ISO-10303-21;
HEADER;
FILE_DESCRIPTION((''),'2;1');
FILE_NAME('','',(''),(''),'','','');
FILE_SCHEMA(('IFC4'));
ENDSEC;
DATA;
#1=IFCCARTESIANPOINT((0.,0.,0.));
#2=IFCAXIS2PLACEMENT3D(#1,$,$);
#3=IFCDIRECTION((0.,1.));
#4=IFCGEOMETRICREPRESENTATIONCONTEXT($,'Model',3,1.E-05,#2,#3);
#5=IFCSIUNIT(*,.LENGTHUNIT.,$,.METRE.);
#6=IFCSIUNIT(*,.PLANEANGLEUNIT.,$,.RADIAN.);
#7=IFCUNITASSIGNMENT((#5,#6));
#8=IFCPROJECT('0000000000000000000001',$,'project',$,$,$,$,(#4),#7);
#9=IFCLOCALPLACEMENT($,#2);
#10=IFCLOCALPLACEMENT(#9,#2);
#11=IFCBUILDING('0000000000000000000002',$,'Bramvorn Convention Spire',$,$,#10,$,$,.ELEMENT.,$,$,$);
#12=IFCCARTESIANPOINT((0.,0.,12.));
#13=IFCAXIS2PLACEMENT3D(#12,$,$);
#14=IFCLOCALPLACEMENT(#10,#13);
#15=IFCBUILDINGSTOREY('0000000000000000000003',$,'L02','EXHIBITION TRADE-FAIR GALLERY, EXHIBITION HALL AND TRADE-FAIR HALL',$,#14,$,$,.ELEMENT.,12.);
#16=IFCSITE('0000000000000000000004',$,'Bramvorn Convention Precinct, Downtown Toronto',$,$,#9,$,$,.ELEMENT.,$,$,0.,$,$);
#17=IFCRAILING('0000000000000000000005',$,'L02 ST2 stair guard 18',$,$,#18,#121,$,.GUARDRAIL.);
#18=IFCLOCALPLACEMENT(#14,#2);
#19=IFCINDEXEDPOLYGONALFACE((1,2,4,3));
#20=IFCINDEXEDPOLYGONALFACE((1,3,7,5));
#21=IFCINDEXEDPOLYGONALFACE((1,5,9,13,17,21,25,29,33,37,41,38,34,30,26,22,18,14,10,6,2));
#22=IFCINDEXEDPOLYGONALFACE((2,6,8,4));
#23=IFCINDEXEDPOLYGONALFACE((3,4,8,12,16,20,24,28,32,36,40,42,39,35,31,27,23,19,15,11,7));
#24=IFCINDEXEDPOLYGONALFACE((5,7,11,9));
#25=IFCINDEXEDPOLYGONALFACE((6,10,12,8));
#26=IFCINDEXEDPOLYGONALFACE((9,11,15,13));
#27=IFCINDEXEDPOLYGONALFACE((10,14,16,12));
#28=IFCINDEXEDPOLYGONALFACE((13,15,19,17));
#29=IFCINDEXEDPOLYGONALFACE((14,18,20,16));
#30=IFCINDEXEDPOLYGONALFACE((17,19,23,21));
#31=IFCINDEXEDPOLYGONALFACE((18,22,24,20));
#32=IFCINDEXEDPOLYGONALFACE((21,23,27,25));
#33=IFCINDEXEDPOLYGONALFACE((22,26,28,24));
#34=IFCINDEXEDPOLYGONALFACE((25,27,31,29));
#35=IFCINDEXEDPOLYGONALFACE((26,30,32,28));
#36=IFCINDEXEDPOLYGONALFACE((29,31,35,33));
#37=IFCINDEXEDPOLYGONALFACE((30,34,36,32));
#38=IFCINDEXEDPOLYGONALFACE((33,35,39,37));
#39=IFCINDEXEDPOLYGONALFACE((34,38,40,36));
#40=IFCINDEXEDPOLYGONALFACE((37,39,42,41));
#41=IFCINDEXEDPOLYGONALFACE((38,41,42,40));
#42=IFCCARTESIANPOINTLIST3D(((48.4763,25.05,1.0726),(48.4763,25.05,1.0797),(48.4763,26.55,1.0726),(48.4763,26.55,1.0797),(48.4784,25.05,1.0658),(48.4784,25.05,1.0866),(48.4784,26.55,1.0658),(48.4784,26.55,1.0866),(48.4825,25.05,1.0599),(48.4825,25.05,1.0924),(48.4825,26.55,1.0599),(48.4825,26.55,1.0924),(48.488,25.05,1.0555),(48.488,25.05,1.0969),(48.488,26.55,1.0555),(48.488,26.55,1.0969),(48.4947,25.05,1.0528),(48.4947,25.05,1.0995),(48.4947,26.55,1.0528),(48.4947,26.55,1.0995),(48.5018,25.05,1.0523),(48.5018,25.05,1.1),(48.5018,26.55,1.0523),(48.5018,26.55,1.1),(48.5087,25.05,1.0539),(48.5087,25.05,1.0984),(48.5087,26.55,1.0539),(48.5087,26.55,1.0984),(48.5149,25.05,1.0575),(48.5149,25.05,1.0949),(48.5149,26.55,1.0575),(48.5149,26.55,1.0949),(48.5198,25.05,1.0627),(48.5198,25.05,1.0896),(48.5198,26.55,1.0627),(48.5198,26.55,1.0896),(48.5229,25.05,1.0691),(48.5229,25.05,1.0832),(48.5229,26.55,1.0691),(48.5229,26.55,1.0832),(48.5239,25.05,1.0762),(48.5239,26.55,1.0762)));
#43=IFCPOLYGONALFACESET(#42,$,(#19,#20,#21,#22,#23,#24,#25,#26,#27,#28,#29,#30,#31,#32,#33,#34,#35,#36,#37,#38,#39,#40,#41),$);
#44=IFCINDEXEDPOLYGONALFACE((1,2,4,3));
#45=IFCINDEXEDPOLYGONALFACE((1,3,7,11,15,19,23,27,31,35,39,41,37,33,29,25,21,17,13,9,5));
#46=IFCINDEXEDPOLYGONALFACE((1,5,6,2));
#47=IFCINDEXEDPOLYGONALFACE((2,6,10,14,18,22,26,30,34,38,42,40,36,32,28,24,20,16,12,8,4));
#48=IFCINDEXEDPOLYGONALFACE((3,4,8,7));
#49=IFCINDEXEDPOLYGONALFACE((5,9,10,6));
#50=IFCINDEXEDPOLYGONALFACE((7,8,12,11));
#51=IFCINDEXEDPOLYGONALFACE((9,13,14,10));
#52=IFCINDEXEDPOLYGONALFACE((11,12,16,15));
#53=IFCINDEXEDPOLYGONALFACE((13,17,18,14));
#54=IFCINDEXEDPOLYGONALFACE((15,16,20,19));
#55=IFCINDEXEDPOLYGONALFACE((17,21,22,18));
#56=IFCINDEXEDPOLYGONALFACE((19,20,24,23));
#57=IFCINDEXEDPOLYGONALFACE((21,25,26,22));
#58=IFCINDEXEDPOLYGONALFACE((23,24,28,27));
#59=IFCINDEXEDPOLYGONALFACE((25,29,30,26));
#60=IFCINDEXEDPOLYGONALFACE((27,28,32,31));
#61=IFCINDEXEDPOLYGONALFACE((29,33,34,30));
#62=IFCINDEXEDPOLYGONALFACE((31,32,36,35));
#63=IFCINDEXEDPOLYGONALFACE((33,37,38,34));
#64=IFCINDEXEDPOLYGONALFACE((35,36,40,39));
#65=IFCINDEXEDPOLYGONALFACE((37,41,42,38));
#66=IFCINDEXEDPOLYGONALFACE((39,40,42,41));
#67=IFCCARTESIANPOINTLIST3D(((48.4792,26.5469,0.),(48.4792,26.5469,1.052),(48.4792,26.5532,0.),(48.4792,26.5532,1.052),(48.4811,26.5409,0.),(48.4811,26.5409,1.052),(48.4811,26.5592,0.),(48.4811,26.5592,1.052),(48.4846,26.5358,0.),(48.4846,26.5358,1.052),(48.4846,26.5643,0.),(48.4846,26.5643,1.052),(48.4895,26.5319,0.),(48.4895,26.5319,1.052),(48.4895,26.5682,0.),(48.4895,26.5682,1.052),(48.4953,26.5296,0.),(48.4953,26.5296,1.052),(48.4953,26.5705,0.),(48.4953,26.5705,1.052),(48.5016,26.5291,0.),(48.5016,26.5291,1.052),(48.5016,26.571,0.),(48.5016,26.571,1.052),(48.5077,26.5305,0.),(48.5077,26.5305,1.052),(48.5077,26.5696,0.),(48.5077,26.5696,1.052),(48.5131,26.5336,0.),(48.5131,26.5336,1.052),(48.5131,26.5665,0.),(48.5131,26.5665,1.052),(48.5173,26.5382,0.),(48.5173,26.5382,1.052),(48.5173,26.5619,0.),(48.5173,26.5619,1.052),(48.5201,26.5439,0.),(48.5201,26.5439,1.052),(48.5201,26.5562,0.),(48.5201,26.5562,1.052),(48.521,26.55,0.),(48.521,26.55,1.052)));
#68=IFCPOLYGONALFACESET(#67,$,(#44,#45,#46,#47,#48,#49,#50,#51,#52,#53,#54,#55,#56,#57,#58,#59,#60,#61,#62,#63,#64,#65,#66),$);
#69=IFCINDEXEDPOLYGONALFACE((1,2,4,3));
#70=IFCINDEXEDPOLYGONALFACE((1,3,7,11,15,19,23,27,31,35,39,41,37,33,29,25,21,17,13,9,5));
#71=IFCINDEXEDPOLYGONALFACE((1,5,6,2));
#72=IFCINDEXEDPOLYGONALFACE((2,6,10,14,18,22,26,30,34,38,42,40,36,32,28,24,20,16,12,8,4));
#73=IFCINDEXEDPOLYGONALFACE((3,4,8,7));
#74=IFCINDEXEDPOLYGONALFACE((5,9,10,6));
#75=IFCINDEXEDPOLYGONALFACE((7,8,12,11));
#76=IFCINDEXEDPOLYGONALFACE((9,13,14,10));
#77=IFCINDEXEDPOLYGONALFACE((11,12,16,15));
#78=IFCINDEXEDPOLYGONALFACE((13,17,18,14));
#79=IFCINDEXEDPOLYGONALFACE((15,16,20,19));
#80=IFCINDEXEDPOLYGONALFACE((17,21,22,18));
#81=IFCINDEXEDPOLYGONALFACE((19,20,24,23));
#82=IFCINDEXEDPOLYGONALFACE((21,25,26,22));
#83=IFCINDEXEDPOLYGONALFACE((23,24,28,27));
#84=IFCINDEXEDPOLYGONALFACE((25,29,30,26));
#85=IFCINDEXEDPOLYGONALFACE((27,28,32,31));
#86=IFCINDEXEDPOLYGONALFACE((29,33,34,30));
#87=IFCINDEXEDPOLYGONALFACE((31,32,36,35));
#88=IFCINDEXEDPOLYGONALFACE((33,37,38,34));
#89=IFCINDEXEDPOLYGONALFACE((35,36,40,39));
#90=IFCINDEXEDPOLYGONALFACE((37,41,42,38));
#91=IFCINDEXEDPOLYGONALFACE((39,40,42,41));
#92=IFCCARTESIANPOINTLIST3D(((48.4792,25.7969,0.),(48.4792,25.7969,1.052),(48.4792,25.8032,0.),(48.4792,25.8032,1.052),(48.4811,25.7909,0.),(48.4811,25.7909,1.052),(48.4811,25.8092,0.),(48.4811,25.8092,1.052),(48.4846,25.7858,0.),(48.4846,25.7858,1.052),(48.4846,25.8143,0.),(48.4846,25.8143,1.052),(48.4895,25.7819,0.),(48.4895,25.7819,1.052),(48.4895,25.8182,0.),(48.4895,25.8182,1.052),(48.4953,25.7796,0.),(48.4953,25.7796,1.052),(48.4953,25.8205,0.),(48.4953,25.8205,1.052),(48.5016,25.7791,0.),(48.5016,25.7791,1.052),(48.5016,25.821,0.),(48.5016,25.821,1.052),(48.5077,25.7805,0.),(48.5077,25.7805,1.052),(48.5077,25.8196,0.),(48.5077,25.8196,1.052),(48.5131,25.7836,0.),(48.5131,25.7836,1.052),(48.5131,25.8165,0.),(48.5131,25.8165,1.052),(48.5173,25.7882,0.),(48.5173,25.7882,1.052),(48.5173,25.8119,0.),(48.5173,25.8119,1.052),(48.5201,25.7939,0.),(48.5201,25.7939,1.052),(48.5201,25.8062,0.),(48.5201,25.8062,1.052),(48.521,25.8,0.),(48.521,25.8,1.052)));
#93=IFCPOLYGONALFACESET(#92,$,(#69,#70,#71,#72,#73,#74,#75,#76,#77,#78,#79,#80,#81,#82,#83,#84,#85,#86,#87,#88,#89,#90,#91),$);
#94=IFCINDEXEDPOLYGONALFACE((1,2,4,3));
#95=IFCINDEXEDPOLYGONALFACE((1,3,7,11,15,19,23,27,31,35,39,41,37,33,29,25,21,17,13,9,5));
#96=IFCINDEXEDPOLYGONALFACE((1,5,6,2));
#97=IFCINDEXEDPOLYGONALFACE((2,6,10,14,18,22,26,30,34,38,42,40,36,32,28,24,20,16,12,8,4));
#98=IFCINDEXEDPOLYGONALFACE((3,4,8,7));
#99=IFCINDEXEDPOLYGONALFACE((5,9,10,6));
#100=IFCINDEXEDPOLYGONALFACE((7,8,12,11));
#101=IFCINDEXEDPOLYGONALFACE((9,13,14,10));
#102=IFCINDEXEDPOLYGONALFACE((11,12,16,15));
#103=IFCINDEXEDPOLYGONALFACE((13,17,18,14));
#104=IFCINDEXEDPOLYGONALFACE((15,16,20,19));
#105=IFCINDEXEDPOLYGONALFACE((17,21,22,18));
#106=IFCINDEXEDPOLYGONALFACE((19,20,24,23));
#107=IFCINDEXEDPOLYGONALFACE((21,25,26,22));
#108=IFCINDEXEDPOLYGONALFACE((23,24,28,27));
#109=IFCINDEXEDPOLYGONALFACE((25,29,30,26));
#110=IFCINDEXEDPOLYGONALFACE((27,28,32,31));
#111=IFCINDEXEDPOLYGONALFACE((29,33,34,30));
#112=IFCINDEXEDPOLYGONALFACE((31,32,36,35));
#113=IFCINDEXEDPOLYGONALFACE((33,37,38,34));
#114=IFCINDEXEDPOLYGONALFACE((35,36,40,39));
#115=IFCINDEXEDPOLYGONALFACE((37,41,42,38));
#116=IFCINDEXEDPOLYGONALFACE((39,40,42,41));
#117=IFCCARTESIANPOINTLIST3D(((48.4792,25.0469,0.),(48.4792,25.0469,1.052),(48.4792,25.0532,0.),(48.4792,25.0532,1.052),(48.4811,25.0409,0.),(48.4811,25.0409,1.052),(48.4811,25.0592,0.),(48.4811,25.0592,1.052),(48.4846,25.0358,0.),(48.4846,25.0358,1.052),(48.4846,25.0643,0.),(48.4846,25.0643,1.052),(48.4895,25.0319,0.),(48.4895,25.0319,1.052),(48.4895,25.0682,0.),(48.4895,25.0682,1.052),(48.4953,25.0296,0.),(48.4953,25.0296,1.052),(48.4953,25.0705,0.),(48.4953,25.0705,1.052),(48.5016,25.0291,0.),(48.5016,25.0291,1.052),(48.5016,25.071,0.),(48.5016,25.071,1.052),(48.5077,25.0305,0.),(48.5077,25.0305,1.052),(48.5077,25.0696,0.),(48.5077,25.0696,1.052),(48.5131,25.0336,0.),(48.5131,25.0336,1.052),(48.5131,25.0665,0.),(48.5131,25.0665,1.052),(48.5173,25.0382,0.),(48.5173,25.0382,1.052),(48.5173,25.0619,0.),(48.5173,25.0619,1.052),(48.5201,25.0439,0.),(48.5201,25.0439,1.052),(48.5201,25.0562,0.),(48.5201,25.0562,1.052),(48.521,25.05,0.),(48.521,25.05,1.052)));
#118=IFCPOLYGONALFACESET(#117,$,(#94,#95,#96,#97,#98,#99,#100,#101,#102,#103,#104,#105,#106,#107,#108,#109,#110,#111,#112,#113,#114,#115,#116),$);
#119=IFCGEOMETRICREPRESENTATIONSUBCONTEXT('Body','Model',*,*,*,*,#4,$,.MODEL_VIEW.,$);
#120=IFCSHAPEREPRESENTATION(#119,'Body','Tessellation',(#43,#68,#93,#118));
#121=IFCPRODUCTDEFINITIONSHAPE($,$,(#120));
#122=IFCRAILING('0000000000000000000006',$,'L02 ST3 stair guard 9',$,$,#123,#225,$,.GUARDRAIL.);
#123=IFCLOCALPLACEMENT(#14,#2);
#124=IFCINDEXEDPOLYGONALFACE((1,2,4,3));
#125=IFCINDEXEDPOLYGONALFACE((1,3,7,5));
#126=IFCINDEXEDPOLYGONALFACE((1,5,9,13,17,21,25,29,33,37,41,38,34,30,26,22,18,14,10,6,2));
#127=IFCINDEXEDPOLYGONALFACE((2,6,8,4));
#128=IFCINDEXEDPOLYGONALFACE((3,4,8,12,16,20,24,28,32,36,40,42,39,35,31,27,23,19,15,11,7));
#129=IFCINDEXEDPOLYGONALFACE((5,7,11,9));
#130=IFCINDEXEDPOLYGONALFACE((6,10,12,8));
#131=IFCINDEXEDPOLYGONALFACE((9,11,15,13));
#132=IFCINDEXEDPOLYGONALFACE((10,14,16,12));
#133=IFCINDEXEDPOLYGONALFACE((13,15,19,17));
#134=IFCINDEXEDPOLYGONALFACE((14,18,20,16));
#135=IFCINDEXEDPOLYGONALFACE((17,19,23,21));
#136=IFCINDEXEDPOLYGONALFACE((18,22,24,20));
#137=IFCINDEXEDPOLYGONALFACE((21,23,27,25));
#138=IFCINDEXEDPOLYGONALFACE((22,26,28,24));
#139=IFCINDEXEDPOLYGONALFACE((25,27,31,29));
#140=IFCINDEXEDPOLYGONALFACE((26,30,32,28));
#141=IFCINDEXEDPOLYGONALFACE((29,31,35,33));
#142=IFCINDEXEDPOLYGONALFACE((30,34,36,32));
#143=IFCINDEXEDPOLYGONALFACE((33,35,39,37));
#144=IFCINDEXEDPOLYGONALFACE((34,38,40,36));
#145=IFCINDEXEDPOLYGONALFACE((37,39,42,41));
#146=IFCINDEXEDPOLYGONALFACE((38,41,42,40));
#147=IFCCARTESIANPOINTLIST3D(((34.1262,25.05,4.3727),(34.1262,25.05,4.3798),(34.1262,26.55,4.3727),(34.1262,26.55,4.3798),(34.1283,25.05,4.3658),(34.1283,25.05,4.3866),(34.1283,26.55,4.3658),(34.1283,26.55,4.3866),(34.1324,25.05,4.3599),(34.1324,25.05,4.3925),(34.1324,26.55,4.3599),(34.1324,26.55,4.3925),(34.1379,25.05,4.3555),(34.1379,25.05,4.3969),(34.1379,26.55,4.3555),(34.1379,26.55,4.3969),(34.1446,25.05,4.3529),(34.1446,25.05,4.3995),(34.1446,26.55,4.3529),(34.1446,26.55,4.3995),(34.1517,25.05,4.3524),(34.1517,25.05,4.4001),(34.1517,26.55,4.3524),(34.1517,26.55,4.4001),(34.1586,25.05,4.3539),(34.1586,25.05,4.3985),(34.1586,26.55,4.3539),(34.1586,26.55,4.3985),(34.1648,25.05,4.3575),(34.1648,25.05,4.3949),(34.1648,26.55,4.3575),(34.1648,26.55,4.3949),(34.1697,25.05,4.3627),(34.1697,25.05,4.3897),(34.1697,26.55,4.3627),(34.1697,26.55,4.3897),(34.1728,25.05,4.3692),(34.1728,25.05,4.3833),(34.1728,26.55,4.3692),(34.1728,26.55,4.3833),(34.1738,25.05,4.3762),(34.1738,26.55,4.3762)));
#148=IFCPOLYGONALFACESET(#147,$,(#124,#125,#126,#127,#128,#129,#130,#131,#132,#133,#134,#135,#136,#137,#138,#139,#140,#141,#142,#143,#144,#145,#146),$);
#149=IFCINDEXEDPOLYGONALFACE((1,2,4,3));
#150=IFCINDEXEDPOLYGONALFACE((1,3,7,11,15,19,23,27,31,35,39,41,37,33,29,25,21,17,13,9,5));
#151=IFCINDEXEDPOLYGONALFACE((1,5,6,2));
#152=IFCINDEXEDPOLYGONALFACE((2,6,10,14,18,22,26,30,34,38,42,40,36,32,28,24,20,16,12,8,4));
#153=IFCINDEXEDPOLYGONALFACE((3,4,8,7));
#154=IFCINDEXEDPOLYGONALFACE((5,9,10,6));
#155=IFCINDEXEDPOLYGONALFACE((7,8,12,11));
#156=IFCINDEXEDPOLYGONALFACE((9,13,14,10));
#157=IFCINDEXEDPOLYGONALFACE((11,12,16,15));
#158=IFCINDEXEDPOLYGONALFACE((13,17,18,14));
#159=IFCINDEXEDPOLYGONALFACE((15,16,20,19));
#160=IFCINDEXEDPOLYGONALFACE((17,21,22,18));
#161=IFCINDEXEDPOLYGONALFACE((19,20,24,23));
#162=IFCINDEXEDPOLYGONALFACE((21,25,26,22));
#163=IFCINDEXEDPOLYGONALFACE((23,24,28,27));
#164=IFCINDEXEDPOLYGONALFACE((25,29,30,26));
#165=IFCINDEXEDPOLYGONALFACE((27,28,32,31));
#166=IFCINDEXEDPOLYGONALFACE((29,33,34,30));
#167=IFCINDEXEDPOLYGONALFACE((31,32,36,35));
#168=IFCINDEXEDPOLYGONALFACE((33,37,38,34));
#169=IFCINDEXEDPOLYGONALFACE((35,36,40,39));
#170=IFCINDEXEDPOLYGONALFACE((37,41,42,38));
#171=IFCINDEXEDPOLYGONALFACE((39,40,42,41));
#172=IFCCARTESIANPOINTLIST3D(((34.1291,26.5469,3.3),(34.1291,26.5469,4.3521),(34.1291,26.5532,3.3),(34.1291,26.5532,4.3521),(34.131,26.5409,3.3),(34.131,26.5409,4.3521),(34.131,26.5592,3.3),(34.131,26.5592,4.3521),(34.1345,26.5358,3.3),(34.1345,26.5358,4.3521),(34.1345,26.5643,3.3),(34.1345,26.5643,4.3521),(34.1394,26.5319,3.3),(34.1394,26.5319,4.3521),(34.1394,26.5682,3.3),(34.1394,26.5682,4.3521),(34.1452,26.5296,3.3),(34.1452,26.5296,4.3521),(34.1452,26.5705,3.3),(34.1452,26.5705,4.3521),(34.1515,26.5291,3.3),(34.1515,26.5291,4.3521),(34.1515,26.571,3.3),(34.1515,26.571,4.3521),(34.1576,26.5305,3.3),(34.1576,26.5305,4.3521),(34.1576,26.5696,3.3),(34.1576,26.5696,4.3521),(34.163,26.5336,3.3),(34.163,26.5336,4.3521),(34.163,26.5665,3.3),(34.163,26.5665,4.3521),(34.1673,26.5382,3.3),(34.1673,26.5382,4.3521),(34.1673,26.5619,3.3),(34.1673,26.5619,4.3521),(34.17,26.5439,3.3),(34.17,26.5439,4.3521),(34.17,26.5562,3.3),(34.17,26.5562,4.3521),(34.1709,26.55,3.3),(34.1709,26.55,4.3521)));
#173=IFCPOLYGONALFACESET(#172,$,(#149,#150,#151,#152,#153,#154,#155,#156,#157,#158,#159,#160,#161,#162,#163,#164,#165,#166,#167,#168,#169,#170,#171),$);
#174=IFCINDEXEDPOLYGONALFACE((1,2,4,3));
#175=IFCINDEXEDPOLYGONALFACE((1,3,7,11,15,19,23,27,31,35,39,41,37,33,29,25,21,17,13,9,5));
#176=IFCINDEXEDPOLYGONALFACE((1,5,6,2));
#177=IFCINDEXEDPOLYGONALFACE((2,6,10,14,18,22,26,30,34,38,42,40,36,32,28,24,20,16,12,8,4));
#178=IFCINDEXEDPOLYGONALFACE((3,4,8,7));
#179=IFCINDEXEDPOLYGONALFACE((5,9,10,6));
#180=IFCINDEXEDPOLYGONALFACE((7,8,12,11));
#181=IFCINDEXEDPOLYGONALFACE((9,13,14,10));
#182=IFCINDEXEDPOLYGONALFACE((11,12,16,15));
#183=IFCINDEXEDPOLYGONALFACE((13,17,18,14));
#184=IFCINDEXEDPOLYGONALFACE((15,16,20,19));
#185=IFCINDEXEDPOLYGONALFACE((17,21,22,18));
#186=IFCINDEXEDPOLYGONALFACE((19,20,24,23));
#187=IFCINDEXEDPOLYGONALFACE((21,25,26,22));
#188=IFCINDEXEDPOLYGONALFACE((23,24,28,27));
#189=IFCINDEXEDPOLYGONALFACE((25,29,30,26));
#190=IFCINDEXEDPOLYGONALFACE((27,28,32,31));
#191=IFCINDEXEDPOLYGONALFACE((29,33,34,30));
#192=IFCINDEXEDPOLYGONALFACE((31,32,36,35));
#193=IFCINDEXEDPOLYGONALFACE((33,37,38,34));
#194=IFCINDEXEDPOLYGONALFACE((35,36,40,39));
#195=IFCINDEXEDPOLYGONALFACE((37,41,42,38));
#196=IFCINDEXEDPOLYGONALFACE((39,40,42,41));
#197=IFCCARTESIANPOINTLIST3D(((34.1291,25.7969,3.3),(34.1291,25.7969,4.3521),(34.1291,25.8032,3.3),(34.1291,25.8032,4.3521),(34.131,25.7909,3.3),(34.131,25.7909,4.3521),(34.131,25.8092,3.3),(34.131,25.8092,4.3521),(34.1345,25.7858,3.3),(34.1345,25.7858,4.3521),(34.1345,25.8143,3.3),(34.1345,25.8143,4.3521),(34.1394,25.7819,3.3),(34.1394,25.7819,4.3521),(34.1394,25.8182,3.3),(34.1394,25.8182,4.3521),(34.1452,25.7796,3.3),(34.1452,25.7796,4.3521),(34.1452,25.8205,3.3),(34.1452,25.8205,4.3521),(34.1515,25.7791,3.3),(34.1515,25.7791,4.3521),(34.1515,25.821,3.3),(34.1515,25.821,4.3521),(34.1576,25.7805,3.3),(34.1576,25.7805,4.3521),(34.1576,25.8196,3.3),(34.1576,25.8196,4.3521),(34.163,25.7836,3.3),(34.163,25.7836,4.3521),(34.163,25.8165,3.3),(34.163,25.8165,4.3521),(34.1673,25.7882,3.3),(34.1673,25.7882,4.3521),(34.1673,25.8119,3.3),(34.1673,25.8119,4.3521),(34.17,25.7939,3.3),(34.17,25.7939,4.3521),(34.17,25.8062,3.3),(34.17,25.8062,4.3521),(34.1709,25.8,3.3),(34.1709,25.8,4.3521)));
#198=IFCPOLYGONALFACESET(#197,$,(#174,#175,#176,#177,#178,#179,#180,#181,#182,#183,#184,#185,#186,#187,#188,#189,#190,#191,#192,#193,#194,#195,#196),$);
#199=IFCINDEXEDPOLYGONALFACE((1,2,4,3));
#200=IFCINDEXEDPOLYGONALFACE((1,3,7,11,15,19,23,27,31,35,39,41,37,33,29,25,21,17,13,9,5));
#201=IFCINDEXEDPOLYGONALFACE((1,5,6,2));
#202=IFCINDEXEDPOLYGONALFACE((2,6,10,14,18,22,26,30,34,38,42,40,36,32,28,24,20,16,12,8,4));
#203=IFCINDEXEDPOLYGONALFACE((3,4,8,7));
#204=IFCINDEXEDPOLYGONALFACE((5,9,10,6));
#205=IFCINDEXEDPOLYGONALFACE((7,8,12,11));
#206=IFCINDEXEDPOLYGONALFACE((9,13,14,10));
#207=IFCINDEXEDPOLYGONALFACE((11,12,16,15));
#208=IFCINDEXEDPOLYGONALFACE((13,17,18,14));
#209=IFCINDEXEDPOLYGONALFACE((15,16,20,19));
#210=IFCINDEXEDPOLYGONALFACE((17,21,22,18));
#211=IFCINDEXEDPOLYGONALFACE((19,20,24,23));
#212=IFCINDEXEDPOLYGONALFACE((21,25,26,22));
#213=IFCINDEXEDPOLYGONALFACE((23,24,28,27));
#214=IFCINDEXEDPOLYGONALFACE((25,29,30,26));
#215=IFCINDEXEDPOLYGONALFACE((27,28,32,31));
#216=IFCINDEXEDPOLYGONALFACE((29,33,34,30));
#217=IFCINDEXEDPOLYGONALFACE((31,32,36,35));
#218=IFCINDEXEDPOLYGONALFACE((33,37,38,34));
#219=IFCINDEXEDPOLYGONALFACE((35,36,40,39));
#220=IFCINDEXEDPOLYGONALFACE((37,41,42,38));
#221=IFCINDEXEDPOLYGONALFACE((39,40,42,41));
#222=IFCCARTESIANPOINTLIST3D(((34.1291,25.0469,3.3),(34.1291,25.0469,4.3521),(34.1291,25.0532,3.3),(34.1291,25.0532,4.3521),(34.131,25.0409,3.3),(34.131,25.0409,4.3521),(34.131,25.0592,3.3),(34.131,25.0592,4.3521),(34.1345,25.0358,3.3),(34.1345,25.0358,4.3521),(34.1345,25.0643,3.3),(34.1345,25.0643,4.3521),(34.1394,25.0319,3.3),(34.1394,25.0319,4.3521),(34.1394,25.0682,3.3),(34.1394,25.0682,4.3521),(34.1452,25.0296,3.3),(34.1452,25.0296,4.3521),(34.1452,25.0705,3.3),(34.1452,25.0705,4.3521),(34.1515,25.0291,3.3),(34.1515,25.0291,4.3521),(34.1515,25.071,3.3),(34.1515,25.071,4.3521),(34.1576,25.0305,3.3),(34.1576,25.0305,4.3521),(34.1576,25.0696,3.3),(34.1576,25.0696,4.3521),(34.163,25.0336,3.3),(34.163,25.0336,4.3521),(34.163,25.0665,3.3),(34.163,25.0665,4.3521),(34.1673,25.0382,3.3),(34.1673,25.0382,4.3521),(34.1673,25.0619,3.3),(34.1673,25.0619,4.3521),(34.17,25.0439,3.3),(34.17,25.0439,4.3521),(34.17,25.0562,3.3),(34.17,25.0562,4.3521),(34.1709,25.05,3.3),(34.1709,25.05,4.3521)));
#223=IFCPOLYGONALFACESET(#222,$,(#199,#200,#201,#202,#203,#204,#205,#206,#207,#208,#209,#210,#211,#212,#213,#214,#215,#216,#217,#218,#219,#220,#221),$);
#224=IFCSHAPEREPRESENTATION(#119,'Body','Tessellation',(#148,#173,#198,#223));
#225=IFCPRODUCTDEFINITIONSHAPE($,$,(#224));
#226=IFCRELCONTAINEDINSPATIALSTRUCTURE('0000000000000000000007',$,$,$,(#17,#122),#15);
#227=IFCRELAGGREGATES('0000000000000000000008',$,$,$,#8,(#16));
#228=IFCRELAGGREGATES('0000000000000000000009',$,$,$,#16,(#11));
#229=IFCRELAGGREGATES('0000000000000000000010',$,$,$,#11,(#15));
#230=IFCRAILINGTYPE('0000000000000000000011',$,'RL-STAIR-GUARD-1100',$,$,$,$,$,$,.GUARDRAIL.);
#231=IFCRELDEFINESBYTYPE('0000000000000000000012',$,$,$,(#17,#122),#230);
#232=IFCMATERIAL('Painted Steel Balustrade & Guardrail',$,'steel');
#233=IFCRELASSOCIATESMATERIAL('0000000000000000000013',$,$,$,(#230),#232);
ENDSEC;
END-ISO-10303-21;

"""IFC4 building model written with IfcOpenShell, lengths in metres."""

from ifc_helpers import new_model, si_unit, direction, frame, origin, origin_2d, place, context, subcontext, project, spatial, circle, extrude, material, type_object, element, save


model = new_model("IFC4")

# Units and contexts
model_context = context("Model", 3, precision=1e-05, world=origin(), true_north=direction((0.0, 1.0)))
body_context = subcontext(model_context, "Body", "Model", "MODEL_VIEW")
ifc_project = project(units=[si_unit("LENGTHUNIT", "METRE"), si_unit("PLANEANGLEUNIT", "RADIAN")], contexts=[model_context])

# Site, building, storey
site_placement = place(None, origin())
site = spatial("IfcSite", under=ifc_project, at=site_placement, Name="Bramvorn Convention Precinct, Downtown Toronto", CompositionType="ELEMENT", RefElevation=0.0)
building_placement = place(site_placement, origin())
building = spatial("IfcBuilding", under=site, at=building_placement, Name="Bramvorn Convention Spire", CompositionType="ELEMENT")
storey_placement = place(building_placement, frame((0.0, 0.0, 12.0)))
storey = spatial("IfcBuildingStorey", under=building, at=storey_placement, Name="L02", Description="EXHIBITION TRADE-FAIR GALLERY, EXHIBITION HALL AND TRADE-FAIR HALL", CompositionType="ELEMENT", Elevation=12.0)

# Railings
ifc_material_1 = material(Name="Painted Steel Balustrade & Guardrail", Category="steel")
railing_type = type_object("IfcRailingType", Name="RL-STAIR-GUARD-1100", PredefinedType="GUARDRAIL", material=ifc_material_1)
for number, where, name in (
    (1, (48.5, 26.55, 0.0), "L02 ST2 stair guard 18"),
    (2, (34.1499, 26.55, 3.3), "L02 ST3 stair guard 9"),
):
    element("IfcRailing", number, at=place(storey_placement, frame(where)), inside=storey, type_object=railing_type, Name=name, PredefinedType="GUARDRAIL", context=body_context, shape_type="SweptSolid", body=[
        extrude(circle(Radius=0.0239, at=origin_2d()), frame((0.0, 0.0, 1.0762), z_axis=(0.0, -1.0, 0.0), x_axis=(1.0, 0.0, 0.0)), (0.0, 0.0, 1.0), 1.5),
        extrude(circle(Radius=0.021, at=origin_2d()), origin(), (0.0, 0.0, 1.0), 1.052),
        extrude(circle(Radius=0.021, at=origin_2d()), frame((0.0, -0.75, 0.0)), (0.0, 0.0, 1.0), 1.052),
        extrude(circle(Radius=0.021, at=origin_2d()), frame((0.0, -1.5, 0.0)), (0.0, 0.0, 1.0), 1.052),
    ])

save(model, "model.ifc")
